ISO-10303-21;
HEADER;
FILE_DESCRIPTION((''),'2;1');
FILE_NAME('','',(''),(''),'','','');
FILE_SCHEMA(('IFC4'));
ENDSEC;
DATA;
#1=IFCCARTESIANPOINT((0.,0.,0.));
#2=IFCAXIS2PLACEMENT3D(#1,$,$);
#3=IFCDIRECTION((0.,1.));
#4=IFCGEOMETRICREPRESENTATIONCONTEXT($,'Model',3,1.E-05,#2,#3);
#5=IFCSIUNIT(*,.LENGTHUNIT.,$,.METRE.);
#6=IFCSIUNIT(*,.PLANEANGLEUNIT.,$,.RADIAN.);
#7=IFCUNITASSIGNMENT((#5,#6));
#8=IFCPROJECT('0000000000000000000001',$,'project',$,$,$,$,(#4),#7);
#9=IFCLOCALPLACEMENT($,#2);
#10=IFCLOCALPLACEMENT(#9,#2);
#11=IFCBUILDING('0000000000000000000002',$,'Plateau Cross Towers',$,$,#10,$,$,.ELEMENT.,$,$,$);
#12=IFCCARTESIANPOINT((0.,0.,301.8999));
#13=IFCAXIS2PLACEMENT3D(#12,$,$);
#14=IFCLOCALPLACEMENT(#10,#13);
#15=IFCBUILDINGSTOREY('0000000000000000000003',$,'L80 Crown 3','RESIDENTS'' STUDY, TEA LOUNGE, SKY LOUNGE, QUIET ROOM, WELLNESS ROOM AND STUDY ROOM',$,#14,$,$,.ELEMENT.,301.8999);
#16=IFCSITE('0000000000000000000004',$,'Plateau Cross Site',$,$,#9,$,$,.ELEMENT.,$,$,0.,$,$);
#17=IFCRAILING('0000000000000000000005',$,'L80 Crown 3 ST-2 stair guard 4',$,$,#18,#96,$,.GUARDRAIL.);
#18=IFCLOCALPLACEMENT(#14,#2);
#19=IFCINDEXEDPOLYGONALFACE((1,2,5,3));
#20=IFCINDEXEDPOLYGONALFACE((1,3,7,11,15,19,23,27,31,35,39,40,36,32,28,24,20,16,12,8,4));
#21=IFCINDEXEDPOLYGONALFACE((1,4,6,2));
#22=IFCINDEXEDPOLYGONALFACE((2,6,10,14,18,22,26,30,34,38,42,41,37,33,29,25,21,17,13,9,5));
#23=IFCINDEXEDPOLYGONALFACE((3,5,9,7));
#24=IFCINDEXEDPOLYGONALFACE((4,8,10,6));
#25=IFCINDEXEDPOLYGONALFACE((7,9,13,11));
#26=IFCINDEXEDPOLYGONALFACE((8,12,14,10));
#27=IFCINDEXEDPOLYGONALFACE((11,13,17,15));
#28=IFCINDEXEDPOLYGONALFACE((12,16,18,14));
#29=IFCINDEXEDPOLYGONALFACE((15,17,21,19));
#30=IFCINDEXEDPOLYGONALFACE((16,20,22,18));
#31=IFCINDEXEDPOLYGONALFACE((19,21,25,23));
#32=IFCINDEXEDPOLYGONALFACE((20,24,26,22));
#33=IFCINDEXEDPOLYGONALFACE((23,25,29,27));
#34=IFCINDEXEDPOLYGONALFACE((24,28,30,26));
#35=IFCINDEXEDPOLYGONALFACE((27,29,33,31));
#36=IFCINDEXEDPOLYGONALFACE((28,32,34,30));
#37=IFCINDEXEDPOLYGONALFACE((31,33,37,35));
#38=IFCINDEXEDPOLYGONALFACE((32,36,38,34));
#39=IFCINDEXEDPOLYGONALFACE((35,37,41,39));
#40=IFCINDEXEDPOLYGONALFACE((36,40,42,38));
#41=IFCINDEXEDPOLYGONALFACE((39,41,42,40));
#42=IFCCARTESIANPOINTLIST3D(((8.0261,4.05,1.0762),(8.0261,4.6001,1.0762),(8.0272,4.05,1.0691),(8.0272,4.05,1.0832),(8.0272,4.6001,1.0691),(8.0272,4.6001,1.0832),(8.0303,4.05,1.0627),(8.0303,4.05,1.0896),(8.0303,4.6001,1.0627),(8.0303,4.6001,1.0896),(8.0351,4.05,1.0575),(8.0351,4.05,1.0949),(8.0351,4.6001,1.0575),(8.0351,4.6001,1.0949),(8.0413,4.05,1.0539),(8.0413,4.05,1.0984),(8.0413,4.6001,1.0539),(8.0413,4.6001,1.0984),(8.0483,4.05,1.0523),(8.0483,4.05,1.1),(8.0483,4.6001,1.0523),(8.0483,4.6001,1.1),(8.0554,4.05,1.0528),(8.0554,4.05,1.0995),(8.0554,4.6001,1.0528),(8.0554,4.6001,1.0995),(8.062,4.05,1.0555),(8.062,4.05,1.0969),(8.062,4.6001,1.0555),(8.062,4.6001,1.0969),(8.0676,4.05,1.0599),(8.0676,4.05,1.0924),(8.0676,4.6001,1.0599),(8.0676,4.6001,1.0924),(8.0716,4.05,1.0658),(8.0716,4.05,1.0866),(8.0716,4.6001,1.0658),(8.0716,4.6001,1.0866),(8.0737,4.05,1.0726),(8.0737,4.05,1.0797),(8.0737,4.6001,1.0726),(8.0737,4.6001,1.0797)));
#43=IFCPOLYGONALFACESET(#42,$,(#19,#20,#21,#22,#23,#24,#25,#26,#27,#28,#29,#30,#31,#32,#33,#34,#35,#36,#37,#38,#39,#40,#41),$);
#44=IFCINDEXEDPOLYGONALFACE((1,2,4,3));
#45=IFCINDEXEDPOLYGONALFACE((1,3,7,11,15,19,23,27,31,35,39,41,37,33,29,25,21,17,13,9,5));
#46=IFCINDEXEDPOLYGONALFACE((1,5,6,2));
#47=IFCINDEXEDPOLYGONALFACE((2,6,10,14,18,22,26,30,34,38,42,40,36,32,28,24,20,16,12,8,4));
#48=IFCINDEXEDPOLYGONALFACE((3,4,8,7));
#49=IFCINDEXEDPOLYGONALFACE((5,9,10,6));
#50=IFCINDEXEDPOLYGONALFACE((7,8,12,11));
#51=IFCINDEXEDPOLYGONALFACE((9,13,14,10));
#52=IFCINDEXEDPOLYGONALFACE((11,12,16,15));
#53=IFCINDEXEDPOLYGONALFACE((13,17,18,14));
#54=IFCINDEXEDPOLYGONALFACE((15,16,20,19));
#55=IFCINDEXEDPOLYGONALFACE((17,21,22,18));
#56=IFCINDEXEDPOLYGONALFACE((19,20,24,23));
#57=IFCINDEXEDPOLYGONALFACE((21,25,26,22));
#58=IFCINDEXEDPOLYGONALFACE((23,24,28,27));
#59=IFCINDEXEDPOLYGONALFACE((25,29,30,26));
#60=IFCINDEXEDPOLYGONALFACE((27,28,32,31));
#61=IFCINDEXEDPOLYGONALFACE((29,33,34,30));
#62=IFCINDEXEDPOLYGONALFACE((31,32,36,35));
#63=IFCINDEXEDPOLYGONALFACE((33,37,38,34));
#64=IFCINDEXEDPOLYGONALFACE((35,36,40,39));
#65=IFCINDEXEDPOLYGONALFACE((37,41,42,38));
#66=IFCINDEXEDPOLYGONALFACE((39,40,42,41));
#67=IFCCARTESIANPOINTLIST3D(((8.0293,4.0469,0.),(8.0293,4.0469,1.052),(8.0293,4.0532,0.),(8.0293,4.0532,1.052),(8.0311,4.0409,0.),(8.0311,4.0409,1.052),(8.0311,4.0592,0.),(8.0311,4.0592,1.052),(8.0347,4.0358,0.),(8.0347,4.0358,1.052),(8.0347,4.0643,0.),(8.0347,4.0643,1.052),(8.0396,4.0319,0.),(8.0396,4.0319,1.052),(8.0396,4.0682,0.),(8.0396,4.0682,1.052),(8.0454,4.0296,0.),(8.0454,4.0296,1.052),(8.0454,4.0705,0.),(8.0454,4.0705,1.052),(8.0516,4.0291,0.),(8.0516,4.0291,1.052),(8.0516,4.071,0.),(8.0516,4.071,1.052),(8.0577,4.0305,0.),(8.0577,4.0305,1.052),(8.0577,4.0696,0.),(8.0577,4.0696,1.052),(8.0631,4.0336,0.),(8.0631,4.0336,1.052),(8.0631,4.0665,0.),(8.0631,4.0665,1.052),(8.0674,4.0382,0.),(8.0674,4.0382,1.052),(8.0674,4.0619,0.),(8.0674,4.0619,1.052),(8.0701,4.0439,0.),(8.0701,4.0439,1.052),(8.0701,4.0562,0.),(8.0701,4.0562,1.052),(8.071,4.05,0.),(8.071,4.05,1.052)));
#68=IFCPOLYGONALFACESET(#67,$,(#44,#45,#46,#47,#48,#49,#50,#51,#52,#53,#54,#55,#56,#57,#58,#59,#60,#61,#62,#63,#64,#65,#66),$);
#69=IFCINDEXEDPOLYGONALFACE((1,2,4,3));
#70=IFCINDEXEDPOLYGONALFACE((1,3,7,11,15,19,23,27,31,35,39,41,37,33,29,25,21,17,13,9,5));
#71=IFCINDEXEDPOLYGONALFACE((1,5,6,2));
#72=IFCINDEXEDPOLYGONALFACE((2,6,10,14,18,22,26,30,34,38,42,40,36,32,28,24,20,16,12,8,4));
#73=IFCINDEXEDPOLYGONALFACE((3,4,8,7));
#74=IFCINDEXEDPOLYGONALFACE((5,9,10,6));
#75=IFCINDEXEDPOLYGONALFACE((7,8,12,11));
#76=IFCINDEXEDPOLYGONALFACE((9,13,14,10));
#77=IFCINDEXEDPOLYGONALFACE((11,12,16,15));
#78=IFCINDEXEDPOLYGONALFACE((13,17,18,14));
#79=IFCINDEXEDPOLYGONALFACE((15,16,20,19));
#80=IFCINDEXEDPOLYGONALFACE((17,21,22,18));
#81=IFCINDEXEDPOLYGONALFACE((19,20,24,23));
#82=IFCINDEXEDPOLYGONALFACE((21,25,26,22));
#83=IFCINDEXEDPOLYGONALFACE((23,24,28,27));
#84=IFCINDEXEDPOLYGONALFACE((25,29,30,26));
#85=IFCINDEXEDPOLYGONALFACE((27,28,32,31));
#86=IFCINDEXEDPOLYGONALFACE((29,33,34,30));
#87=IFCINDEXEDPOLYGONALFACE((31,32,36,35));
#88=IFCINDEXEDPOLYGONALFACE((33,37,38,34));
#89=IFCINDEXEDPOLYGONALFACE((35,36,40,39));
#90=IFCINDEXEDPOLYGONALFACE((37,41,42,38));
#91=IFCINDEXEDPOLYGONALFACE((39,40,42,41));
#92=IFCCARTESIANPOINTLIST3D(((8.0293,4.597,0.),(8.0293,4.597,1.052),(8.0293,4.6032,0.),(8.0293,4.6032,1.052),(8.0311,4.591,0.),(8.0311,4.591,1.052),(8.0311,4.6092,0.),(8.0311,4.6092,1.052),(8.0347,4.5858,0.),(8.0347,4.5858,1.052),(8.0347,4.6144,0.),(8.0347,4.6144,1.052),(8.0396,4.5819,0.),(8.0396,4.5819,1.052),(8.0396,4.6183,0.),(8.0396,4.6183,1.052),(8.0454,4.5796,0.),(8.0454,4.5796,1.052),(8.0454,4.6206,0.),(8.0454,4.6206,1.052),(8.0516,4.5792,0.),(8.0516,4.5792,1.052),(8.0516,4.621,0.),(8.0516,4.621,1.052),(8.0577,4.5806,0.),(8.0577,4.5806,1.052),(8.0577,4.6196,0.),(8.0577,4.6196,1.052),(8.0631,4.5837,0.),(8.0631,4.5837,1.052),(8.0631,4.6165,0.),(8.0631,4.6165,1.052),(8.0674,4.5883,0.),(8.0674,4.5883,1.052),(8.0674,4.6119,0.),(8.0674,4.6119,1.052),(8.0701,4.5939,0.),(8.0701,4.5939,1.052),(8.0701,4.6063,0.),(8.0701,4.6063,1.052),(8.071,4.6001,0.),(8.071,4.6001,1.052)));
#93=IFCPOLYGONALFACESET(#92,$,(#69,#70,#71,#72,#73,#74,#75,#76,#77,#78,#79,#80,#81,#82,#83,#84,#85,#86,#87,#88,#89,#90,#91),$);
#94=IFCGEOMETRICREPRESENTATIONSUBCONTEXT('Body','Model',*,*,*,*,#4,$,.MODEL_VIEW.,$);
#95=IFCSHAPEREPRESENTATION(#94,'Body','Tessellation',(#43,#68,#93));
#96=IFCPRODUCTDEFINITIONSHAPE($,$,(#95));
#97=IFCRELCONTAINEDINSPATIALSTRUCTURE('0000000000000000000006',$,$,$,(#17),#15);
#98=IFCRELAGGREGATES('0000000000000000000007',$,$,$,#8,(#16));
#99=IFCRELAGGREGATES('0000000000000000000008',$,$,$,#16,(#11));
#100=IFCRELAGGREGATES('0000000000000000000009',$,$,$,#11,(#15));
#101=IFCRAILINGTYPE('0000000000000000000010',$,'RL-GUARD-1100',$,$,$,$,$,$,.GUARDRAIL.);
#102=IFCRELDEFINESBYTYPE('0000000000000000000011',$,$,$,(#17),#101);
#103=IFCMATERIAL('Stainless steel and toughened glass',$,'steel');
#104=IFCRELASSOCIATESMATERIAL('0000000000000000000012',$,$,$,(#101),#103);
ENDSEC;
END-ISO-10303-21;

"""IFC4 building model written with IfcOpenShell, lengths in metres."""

from ifc_helpers import new_model, si_unit, direction, frame, origin, origin_2d, place, context, subcontext, project, spatial, circle, extrude, material, type_object, element, save


model = new_model("IFC4")

# Units and contexts
model_context = context("Model", 3, precision=1e-05, world=origin(), true_north=direction((0.0, 1.0)))
body_context = subcontext(model_context, "Body", "Model", "MODEL_VIEW")
ifc_project = project(units=[si_unit("LENGTHUNIT", "METRE"), si_unit("PLANEANGLEUNIT", "RADIAN")], contexts=[model_context])

# Site, building, storey
site_placement = place(None, origin())
site = spatial("IfcSite", under=ifc_project, at=site_placement, Name="Plateau Cross Site", CompositionType="ELEMENT", RefElevation=0.0)
building_placement = place(site_placement, origin())
building = spatial("IfcBuilding", under=site, at=building_placement, Name="Plateau Cross Towers", CompositionType="ELEMENT")
storey_placement = place(building_placement, frame((0.0, 0.0, 301.8999)))
storey = spatial("IfcBuildingStorey", under=building, at=storey_placement, Name="L80 Crown 3", Description="RESIDENTS' STUDY, TEA LOUNGE, SKY LOUNGE, QUIET ROOM, WELLNESS ROOM AND STUDY ROOM", CompositionType="ELEMENT", Elevation=301.8999)

# Railing
ifc_material_1 = material(Name="Stainless steel and toughened glass", Category="steel")
railing_type_1 = type_object("IfcRailingType", Name="RL-GUARD-1100", PredefinedType="GUARDRAIL", material=ifc_material_1)
railing_1_placement = place(storey_placement, frame((8.05, 4.05, 0.0)))
element("IfcRailing", 1, at=railing_1_placement, inside=storey, type_object=railing_type_1, Name="L80 Crown 3 ST-2 stair guard 4", PredefinedType="GUARDRAIL", context=body_context, shape_type="SweptSolid", body=[
    extrude(circle(Radius=0.0239, at=origin_2d()), frame((0.0, 0.0, 1.0762), z_axis=(0.0, 1.0, 0.0), x_axis=(-1.0, 0.0, 0.0)), (0.0, 0.0, 1.0), 0.55),
    extrude(circle(Radius=0.021, at=origin_2d()), origin(), (0.0, 0.0, 1.0), 1.052),
    extrude(circle(Radius=0.021, at=origin_2d()), frame((0.0, 0.55, 0.0)), (0.0, 0.0, 1.0), 1.052),
])

save(model, "model.ifc")
